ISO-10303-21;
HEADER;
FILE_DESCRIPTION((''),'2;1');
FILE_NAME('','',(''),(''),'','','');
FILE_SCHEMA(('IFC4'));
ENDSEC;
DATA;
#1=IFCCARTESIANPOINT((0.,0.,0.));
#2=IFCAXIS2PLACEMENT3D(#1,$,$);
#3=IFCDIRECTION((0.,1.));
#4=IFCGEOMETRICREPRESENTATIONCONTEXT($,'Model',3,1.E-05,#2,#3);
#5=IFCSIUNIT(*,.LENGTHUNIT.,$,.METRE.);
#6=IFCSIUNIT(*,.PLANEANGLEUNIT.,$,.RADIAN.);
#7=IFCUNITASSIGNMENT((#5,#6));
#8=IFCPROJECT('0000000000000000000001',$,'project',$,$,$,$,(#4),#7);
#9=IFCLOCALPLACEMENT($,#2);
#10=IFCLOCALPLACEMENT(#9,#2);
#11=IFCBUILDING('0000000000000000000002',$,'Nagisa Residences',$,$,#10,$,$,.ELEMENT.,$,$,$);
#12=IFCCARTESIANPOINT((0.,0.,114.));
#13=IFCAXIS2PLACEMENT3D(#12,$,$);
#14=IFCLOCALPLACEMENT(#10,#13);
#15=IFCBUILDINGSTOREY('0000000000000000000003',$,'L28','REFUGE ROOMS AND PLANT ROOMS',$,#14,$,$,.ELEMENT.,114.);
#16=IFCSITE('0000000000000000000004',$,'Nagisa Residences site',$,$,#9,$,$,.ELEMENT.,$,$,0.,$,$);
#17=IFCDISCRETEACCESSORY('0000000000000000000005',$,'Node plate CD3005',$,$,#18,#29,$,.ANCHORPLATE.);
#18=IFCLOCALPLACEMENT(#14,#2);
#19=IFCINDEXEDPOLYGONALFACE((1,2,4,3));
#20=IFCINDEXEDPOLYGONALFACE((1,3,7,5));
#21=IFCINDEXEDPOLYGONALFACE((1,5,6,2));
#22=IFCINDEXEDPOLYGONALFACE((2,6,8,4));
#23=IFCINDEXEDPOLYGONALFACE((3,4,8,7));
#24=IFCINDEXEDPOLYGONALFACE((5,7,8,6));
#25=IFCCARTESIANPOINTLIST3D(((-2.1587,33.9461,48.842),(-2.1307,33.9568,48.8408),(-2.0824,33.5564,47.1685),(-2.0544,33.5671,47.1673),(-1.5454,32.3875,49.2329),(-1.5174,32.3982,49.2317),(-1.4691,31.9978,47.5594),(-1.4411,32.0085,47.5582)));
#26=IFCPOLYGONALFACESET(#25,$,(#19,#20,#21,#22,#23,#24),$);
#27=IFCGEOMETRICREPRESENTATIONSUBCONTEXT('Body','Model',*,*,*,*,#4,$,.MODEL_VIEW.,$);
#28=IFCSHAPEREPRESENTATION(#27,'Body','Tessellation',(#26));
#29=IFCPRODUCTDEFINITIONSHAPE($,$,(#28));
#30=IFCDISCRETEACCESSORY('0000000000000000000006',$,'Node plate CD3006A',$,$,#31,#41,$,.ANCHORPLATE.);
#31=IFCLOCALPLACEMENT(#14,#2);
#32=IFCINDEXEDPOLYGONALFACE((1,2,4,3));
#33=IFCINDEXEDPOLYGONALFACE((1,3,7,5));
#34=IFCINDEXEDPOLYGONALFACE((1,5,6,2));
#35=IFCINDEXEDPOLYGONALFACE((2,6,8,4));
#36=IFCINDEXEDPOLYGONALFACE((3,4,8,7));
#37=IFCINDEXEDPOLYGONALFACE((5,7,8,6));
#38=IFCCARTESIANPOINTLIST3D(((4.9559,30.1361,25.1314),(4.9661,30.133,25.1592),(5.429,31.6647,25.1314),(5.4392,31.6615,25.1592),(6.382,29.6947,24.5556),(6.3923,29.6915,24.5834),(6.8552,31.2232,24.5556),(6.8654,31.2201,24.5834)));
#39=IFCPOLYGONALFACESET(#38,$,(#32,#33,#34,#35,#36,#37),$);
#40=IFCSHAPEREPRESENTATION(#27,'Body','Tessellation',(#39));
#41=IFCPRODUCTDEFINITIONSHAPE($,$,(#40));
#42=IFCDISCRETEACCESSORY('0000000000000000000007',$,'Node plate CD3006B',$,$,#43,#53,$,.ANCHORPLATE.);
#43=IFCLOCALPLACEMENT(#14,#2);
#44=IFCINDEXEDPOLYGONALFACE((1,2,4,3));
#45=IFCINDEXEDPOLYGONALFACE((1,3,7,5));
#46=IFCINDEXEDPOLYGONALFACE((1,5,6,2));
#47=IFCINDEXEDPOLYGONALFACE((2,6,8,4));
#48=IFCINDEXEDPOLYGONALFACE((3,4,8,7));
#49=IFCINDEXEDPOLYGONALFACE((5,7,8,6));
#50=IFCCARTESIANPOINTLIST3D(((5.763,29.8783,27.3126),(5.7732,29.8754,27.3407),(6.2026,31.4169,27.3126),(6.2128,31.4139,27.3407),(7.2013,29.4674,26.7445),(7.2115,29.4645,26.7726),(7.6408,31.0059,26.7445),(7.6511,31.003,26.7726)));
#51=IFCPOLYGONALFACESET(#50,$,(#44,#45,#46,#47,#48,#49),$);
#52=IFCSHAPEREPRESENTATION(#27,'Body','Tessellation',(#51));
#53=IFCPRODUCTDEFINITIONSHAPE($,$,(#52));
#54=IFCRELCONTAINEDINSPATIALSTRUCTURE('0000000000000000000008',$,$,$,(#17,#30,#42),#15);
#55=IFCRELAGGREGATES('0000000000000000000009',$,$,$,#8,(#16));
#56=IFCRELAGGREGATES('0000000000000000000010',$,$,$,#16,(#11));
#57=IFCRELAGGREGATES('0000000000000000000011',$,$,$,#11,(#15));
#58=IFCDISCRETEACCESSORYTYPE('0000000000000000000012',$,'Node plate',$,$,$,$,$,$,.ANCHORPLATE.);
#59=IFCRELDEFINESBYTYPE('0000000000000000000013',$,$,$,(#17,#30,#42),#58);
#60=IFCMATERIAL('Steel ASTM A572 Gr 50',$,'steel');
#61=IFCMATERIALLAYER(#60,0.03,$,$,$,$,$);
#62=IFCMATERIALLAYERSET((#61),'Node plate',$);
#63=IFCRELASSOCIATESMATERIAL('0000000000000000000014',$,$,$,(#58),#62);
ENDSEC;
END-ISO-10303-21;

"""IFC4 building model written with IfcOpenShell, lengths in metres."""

from ifc_helpers import new_model, si_unit, direction, frame, origin, origin_2d, place, context, subcontext, project, spatial, rectangle, extrude, material, layer, layer_set, type_object, element, save


model = new_model("IFC4")

# Units and contexts
model_context = context("Model", 3, precision=1e-05, world=origin(), true_north=direction((0.0, 1.0)))
body_context = subcontext(model_context, "Body", "Model", "MODEL_VIEW")
ifc_project = project(units=[si_unit("LENGTHUNIT", "METRE"), si_unit("PLANEANGLEUNIT", "RADIAN")], contexts=[model_context])

# Site, building, storey
site_placement = place(None, origin())
site = spatial("IfcSite", under=ifc_project, at=site_placement, Name="Nagisa Residences site", CompositionType="ELEMENT", RefElevation=0.0)
building_placement = place(site_placement, origin())
building = spatial("IfcBuilding", under=site, at=building_placement, Name="Nagisa Residences", CompositionType="ELEMENT")
storey_placement = place(building_placement, frame((0.0, 0.0, 114.0)))
storey = spatial("IfcBuildingStorey", under=building, at=storey_placement, Name="L28", Description="REFUGE ROOMS AND PLANT ROOMS", CompositionType="ELEMENT", Elevation=114.0)

# Discrete accessories
ifc_material_1 = material(Name="Steel ASTM A572 Gr 50", Category="steel")
ifc_layer = layer(ifc_material_1, 0.03)
ifc_layer_set = layer_set([ifc_layer], Name="Node plate")
discrete_accessory_type = type_object("IfcDiscreteAccessoryType", Name="Node plate", PredefinedType="ANCHORPLATE", material=ifc_layer_set)
discrete_accessory_1_placement = place(storey_placement, frame((-1.7859, 32.9827, 48.1995), z_axis=(-0.933203, -0.357052, 0.040574), x_axis=(0.044379, -0.226558, -0.972986)))
element("IfcDiscreteAccessory", 1, at=discrete_accessory_1_placement, inside=storey, type_object=discrete_accessory_type, Name="Node plate CD3005", PredefinedType="ANCHORPLATE", context=body_context, shape_type="SweptSolid", body=[
    extrude(rectangle(XDim=1.72, YDim=1.72, at=origin_2d()), origin(), (0.0, 0.0, 1.0), 0.03),
])
discrete_accessory_2_placement = place(storey_placement, frame((5.9055, 30.6797, 24.8435), z_axis=(0.343743, -0.106397, 0.933017), x_axis=(0.295684, 0.955286, 0.0)))
element("IfcDiscreteAccessory", 2, at=discrete_accessory_2_placement, inside=storey, type_object=discrete_accessory_type, Name="Node plate CD3006A", PredefinedType="ANCHORPLATE", context=body_context, shape_type="SweptSolid", body=[
    extrude(rectangle(XDim=1.6001, YDim=1.6001, at=origin_2d()), origin(), (0.0, 0.0, 1.0), 0.0298),
])
discrete_accessory_3_placement = place(storey_placement, frame((6.7122, 30.4392, 27.0566), z_axis=(-0.341418, 0.097548, -0.934836), x_axis=(-0.274721, -0.961524, 0.0)))
element("IfcDiscreteAccessory", 3, at=discrete_accessory_3_placement, inside=storey, type_object=discrete_accessory_type, Name="Node plate CD3006B", PredefinedType="ANCHORPLATE", context=body_context, shape_type="SweptSolid", body=[
    extrude(rectangle(XDim=1.6001, YDim=1.6001, at=origin_2d()), origin(), (0.0, 0.0, 1.0), 0.03),
])

save(model, "model.ifc")
